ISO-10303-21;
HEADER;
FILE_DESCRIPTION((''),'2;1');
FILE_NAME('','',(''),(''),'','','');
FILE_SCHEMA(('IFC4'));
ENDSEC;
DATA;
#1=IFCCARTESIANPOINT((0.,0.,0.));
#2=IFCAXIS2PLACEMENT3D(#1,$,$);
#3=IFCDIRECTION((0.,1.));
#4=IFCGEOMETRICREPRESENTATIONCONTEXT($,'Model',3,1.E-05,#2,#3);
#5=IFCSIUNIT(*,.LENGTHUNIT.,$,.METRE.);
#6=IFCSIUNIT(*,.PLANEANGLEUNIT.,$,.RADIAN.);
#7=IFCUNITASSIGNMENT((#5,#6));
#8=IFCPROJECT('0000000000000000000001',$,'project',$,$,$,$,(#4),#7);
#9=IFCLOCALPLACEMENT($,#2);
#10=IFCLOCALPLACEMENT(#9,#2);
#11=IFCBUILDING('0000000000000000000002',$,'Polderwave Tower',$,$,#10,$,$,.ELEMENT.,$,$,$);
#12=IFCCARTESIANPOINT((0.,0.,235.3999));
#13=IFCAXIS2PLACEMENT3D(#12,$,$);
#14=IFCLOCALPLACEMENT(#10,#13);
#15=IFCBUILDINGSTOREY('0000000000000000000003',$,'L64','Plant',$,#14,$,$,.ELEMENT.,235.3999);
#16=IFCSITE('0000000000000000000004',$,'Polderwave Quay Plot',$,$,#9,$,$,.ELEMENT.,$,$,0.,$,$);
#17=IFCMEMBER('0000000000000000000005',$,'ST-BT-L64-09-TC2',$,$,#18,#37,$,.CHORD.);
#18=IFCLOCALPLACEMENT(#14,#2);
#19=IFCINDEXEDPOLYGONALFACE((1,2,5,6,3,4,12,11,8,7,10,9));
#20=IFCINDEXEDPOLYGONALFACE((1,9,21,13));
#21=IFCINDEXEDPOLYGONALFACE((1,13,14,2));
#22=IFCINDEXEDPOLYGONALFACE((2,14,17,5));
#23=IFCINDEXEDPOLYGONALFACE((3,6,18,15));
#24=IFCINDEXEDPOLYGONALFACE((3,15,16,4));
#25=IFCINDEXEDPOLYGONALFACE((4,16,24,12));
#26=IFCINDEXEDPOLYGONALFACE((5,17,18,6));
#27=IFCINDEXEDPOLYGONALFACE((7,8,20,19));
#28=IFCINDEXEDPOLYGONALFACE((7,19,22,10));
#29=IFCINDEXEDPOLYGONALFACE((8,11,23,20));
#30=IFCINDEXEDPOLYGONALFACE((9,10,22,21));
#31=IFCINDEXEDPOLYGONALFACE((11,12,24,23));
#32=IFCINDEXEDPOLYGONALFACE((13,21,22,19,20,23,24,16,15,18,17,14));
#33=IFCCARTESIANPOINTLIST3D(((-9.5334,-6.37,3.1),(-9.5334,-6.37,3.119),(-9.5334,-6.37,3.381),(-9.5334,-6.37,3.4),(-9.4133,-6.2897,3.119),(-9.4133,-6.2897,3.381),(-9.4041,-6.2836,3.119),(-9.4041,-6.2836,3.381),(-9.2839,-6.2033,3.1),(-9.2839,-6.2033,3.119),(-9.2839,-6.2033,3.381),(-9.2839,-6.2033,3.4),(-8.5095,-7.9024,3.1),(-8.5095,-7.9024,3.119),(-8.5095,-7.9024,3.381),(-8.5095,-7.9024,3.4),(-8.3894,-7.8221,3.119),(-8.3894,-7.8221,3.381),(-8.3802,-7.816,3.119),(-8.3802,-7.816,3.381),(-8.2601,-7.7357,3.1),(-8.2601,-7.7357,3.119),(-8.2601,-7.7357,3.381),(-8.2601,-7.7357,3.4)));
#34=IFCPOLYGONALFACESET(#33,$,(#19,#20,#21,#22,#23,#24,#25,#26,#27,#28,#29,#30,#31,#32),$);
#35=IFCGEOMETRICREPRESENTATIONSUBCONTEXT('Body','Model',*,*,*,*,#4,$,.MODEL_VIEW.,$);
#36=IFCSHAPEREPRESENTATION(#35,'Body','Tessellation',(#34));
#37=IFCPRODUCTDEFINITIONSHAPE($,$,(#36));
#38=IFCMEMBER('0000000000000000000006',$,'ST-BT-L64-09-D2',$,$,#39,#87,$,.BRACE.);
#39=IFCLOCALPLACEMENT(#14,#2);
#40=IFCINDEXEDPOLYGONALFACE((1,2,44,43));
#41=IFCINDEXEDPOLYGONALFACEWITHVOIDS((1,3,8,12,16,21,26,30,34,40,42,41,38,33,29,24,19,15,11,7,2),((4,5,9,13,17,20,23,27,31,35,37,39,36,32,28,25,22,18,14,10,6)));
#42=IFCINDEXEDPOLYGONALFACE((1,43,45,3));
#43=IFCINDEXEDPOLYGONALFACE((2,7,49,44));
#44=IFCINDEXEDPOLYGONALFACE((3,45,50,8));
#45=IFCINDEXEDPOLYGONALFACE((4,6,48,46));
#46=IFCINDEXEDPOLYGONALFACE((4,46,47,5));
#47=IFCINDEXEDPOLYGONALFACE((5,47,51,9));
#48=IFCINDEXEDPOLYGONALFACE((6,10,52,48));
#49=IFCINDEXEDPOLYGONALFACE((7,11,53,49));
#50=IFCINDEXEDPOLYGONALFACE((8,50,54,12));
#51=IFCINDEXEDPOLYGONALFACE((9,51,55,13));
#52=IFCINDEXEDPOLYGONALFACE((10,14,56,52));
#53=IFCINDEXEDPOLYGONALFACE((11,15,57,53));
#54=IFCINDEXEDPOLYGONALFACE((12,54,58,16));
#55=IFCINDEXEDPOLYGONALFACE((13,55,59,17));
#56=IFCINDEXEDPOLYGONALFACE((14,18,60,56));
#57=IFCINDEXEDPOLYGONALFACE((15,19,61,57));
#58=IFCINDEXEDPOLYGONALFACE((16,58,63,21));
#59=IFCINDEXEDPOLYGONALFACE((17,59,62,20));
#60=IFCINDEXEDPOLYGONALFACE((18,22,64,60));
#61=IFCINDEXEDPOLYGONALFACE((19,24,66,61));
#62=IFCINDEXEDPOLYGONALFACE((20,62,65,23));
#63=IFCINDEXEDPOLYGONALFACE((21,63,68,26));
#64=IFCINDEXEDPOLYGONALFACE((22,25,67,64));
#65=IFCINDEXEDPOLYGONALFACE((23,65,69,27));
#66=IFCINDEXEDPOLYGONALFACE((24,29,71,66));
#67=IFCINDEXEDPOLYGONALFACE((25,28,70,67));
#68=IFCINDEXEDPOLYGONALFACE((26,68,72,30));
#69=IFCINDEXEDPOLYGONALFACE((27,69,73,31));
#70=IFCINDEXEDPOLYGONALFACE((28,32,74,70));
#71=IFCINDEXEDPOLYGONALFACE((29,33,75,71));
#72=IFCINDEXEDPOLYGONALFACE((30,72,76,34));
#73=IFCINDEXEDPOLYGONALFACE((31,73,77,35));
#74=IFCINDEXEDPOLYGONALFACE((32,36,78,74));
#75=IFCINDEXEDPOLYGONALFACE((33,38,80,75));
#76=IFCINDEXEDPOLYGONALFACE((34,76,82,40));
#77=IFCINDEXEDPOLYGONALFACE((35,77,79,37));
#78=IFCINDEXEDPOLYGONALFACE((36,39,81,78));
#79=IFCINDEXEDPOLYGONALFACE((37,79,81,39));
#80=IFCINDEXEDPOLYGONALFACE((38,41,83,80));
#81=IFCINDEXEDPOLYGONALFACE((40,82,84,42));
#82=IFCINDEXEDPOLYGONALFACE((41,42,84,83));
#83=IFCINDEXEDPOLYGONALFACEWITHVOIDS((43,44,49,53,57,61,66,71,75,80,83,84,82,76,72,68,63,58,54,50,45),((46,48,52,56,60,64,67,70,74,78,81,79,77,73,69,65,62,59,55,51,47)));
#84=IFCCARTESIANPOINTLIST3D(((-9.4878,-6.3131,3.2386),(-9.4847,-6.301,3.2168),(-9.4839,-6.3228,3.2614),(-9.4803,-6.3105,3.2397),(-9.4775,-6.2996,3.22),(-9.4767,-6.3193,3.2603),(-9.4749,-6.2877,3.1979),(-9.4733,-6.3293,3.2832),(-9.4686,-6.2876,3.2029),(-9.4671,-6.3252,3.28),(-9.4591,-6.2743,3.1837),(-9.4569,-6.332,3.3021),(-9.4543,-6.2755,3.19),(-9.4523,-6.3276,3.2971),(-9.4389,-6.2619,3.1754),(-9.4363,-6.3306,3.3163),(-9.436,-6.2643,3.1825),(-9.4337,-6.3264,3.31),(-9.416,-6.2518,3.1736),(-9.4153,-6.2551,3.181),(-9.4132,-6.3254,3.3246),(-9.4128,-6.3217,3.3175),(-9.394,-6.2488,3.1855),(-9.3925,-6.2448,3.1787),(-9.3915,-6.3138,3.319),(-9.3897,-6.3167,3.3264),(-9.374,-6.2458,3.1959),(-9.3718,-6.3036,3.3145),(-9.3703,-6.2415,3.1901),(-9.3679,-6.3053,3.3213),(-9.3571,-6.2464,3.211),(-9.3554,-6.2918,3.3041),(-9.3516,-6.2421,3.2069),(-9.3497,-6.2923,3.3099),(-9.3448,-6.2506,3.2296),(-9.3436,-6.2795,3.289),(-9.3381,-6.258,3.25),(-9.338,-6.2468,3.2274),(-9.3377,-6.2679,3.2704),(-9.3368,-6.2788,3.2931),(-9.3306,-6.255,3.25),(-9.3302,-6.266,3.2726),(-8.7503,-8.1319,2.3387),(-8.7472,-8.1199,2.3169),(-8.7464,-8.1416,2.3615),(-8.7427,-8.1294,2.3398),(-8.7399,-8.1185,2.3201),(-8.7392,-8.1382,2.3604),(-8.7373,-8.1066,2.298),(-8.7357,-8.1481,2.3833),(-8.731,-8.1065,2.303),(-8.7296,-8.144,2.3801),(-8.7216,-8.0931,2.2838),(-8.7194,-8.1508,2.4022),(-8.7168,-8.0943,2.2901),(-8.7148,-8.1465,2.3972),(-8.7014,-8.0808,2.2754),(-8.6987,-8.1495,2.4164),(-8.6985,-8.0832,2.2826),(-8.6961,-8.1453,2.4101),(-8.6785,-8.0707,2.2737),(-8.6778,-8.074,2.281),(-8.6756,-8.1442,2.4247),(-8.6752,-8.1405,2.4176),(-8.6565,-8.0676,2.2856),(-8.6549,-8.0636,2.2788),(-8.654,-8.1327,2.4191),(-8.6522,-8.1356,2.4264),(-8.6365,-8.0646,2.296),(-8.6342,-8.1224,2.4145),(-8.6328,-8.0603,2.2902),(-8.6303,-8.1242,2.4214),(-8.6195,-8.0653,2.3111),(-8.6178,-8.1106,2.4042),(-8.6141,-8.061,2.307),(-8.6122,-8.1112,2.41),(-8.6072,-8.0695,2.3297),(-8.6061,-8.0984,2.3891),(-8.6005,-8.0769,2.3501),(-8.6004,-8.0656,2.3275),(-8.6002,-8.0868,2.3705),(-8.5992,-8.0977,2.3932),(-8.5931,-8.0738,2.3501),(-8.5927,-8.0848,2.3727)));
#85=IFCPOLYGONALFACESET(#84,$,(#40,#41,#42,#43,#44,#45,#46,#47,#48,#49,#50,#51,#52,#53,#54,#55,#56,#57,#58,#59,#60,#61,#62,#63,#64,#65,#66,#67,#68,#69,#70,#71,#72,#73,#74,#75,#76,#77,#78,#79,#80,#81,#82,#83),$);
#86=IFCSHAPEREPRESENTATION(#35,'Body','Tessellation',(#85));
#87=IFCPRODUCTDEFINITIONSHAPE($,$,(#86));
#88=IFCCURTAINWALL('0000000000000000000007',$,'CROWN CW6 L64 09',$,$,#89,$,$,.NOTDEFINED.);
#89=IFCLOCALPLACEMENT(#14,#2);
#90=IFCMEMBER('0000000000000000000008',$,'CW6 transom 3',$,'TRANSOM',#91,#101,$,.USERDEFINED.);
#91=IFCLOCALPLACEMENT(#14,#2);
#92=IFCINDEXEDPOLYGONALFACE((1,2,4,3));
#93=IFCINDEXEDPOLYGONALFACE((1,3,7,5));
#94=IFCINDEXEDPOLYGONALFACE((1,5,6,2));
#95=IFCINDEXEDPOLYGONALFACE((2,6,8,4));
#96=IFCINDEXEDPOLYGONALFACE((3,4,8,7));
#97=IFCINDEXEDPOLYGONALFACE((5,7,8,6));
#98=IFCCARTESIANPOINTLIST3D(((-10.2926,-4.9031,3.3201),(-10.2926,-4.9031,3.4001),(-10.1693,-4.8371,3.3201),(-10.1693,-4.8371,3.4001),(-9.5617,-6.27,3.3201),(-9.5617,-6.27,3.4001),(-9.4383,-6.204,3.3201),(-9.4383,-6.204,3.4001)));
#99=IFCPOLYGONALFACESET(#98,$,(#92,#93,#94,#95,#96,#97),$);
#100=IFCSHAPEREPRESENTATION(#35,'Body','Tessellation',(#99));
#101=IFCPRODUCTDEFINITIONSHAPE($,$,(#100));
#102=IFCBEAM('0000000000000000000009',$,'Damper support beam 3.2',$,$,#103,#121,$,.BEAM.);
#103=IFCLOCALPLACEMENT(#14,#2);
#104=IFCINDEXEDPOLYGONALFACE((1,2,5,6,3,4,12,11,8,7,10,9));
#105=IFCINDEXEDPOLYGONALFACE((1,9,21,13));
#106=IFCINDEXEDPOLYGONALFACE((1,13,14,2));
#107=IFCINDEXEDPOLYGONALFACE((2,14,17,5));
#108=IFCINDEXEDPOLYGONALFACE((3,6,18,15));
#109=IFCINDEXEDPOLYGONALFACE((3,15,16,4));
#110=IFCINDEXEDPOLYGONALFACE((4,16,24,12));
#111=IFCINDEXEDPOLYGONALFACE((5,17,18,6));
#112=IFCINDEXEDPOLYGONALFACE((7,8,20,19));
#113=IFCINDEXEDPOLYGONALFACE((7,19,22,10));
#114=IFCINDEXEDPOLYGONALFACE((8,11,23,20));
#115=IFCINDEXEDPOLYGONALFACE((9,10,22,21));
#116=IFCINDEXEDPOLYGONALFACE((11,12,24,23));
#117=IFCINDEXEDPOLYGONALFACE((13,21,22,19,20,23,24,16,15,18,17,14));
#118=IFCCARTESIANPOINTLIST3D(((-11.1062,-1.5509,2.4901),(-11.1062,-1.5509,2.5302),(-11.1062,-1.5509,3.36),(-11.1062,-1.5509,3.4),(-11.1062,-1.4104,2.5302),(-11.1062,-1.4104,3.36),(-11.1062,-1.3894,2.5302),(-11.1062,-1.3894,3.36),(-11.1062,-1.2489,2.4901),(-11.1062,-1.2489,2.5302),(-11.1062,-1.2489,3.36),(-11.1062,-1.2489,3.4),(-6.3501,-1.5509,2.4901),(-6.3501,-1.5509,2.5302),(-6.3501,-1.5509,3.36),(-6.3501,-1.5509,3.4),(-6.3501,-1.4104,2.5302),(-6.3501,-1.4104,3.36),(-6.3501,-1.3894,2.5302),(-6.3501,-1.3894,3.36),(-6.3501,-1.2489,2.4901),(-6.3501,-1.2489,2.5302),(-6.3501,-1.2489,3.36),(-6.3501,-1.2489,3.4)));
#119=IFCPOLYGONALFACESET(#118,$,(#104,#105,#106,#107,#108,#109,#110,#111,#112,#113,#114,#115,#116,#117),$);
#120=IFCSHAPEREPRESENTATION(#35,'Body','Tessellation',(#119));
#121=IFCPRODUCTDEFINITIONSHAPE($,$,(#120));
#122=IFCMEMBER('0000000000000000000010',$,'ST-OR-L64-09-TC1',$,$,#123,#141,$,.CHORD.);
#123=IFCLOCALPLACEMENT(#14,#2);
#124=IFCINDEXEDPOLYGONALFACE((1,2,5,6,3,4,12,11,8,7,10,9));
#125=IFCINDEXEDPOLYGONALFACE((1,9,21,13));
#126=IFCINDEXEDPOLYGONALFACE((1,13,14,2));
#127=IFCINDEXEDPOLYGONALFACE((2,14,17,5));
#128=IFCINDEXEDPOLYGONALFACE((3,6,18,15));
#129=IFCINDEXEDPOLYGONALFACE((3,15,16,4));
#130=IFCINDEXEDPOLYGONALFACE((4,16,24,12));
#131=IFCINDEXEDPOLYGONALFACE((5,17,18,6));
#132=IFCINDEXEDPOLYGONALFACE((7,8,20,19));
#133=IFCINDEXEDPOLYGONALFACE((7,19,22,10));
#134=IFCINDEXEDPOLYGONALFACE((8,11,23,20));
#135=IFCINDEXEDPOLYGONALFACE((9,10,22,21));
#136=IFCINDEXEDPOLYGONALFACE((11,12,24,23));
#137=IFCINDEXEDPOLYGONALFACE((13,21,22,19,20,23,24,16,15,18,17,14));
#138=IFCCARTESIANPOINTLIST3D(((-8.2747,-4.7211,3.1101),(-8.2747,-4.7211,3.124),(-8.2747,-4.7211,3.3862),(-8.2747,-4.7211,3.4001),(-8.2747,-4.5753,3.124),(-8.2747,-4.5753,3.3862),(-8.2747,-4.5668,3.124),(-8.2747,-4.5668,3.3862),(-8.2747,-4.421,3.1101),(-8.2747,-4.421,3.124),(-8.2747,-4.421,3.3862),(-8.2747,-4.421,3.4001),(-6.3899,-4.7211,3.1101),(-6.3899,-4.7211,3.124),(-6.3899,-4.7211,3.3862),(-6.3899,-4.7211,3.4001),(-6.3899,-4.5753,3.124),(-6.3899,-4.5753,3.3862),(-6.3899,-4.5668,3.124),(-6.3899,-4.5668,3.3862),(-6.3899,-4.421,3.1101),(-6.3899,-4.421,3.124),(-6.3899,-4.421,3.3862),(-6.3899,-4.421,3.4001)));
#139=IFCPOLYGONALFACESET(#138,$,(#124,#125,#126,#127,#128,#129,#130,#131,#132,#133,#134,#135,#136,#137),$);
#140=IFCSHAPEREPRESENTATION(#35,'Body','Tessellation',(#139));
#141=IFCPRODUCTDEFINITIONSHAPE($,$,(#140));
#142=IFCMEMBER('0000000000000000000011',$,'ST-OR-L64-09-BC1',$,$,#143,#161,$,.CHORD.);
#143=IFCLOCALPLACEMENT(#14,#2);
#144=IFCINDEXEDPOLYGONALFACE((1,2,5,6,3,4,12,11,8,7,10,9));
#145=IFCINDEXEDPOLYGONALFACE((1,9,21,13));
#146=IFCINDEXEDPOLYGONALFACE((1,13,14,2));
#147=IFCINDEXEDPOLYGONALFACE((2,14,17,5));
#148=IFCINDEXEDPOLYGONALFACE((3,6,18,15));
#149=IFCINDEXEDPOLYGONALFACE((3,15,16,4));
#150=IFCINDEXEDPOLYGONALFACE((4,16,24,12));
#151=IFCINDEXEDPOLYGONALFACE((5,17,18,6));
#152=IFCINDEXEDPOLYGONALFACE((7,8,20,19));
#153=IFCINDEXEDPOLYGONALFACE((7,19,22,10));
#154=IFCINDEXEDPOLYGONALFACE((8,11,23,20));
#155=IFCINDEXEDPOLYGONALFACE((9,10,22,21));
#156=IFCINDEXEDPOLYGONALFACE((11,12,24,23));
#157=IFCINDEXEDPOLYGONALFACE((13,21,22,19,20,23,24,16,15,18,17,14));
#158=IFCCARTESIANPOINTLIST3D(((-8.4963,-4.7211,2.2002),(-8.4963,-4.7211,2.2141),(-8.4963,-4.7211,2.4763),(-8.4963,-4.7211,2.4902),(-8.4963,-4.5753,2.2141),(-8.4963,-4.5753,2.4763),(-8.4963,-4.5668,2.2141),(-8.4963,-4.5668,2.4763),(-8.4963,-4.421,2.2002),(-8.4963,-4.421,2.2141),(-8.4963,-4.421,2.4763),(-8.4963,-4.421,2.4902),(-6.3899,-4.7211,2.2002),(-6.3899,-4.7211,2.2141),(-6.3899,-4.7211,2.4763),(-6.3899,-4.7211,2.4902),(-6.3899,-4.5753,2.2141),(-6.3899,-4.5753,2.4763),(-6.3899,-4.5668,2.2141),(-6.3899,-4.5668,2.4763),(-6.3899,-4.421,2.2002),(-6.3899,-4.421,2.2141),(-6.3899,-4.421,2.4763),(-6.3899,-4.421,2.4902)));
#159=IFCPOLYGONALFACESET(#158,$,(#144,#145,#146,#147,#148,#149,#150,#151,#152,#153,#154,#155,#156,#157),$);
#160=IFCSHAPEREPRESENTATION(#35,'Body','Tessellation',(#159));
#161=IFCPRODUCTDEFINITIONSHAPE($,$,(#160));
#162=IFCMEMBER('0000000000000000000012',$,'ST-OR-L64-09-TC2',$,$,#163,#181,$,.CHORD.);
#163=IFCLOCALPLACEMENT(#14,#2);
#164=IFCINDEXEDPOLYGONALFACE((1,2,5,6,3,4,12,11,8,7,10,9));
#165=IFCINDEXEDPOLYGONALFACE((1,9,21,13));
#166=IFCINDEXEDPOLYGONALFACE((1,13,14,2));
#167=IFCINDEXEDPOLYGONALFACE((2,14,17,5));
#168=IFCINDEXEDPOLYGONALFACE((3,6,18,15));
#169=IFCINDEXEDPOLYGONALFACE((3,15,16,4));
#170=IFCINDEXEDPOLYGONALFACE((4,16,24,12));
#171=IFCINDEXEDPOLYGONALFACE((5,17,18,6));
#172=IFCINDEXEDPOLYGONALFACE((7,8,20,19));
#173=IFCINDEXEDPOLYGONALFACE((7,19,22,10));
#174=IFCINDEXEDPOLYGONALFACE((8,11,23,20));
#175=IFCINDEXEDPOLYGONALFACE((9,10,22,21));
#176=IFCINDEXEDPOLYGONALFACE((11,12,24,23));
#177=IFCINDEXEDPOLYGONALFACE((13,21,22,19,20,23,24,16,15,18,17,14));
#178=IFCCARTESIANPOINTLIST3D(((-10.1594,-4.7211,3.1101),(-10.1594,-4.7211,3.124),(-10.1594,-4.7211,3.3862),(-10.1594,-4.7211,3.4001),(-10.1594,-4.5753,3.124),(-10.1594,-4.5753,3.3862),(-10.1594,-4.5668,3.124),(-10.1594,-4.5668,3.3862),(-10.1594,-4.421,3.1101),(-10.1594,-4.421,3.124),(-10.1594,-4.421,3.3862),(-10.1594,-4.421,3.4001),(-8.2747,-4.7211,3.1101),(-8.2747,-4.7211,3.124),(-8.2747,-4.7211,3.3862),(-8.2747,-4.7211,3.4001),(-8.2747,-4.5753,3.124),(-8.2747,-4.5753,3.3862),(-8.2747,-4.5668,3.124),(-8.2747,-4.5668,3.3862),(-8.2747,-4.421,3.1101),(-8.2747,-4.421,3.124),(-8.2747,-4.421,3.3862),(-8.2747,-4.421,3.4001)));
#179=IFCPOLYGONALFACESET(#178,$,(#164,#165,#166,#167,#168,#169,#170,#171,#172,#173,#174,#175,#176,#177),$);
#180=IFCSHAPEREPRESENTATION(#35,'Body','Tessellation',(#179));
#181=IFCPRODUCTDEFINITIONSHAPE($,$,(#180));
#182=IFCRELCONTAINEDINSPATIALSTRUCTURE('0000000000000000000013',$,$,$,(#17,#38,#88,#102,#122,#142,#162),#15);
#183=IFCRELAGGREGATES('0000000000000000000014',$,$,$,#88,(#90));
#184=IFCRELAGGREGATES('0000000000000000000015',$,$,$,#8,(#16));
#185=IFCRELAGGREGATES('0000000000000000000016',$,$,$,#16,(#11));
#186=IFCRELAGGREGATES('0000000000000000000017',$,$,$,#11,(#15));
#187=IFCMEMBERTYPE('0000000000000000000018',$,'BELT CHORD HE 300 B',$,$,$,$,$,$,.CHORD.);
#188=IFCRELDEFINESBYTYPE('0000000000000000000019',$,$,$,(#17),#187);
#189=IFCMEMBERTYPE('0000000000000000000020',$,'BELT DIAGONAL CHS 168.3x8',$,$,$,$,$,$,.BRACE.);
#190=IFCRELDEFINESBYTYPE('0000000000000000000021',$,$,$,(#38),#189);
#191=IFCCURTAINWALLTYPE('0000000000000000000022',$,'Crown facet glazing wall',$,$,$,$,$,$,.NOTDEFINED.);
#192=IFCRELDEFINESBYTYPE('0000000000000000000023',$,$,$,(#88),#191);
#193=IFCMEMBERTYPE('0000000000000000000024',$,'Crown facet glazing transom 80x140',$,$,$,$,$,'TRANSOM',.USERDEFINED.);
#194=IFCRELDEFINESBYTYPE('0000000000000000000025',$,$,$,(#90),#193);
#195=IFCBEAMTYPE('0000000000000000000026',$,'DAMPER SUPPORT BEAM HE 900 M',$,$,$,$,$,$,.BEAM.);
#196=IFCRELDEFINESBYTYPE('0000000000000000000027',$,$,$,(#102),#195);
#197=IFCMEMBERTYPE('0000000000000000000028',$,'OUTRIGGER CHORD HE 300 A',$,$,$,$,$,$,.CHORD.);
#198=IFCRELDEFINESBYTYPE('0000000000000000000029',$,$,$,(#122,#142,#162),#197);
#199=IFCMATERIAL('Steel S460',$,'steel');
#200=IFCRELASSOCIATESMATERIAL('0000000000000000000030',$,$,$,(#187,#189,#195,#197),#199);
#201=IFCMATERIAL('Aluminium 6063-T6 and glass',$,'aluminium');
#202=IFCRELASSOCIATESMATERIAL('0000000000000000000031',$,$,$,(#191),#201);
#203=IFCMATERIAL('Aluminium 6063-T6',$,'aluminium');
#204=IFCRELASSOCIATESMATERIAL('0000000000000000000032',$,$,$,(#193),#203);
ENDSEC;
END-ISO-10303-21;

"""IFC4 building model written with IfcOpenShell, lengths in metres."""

from ifc_helpers import new_model, si_unit, direction, frame, origin, origin_2d, place, context, subcontext, project, spatial, rectangle, hollow_circle, i_section, extrude, material, material_profile, profile_set, type_object, element, aggregate, save


model = new_model("IFC4")

# Units and contexts
model_context = context("Model", 3, precision=1e-05, world=origin(), true_north=direction((0.0, 1.0)))
body_context = subcontext(model_context, "Body", "Model", "MODEL_VIEW")
ifc_project = project(units=[si_unit("LENGTHUNIT", "METRE"), si_unit("PLANEANGLEUNIT", "RADIAN")], contexts=[model_context])

# Site, building, storey
site_placement = place(None, origin())
site = spatial("IfcSite", under=ifc_project, at=site_placement, Name="Polderwave Quay Plot", CompositionType="ELEMENT", RefElevation=0.0)
building_placement = place(site_placement, origin())
building = spatial("IfcBuilding", under=site, at=building_placement, Name="Polderwave Tower", CompositionType="ELEMENT")
storey_placement = place(building_placement, frame((0.0, 0.0, 235.3999)))
storey = spatial("IfcBuildingStorey", under=building, at=storey_placement, Name="L64", Description="Plant", CompositionType="ELEMENT", Elevation=235.3999)

# Members
ifc_material_1 = material(Name="Steel S460", Category="steel")
ifc_material_profile_1 = material_profile(ifc_material_1, i_section(OverallWidth=0.3, OverallDepth=0.3, WebThickness=0.011, FlangeThickness=0.019, at=origin_2d()), Name="HE 300 B")
ifc_profile_set_1 = profile_set([ifc_material_profile_1], Name="Steel S460")
member_type_1 = type_object("IfcMemberType", Name="BELT CHORD HE 300 B", PredefinedType="CHORD", material=ifc_profile_set_1)
member_1_placement = place(storey_placement, frame((-9.4087, -6.2866, 3.25), z_axis=(0.555556, -0.831479, 0.0), x_axis=(0.831479, 0.555556, 0.0)))
element("IfcMember", 1, at=member_1_placement, inside=storey, type_object=member_type_1, Name="ST-BT-L64-09-TC2", PredefinedType="CHORD", context=body_context, shape_type="SweptSolid", body=[
    extrude(i_section(OverallWidth=0.3, OverallDepth=0.3, WebThickness=0.011, FlangeThickness=0.019, at=origin_2d()), origin(), (0.0, 0.0, 1.0), 1.843),
])
ifc_material_profile_2 = material_profile(ifc_material_1, hollow_circle(Radius=0.0842, WallThickness=0.0081, at=origin_2d()), Name="CHS 168.3x8")
ifc_profile_set_2 = profile_set([ifc_material_profile_2], Name="Steel S460")
member_type_2 = type_object("IfcMemberType", Name="BELT DIAGONAL CHS 168.3x8", PredefinedType="BRACE", material=ifc_profile_set_2)
member_2_placement = place(storey_placement, frame((-9.4087, -6.2866, 3.25), z_axis=(0.341589, -0.842383, -0.416782), x_axis=(0.926708, 0.375783, 0.0)))
element("IfcMember", 2, at=member_2_placement, inside=storey, type_object=member_type_2, Name="ST-BT-L64-09-D2", PredefinedType="BRACE", context=body_context, shape_type="SweptSolid", body=[
    extrude(hollow_circle(Radius=0.0842, WallThickness=0.0081, at=origin_2d()), origin(), (0.0, 0.0, 1.0), 2.1592),
])

# Curtain wall, member
ifc_material_2 = material(Name="Aluminium 6063-T6 and glass", Category="aluminium")
curtain_wall_type = type_object("IfcCurtainWallType", Name="Crown facet glazing wall", PredefinedType="NOTDEFINED", material=ifc_material_2)
curtain_wall_placement = place(storey_placement, origin())
curtain_wall = element("IfcCurtainWall", 3, at=curtain_wall_placement, inside=storey, type_object=curtain_wall_type, Name="CROWN CW6 L64 09", PredefinedType="NOTDEFINED")
ifc_material_3 = material(Name="Aluminium 6063-T6", Category="aluminium")
ifc_material_profile_3 = material_profile(ifc_material_3, rectangle(XDim=0.1399, YDim=0.0801, at=origin_2d()), Name="AL 80x140")
ifc_profile_set_3 = profile_set([ifc_material_profile_3], Name="Aluminium 6063-T6")
member_type_3 = type_object("IfcMemberType", Name="Crown facet glazing transom 80x140", ElementType="TRANSOM", PredefinedType="USERDEFINED", material=ifc_profile_set_3)
member_3_placement = place(storey_placement, frame((-10.231, -4.8701, 3.3601), z_axis=(0.471553, -0.881838, 0.0), x_axis=(0.881838, 0.471553, 0.0)))
member_3 = element("IfcMember", 4, at=member_3_placement, type_object=member_type_3, Name="CW6 transom 3", ObjectType="TRANSOM", PredefinedType="USERDEFINED", context=body_context, shape_type="SweptSolid", body=[
    extrude(rectangle(XDim=0.1399, YDim=0.0801, at=origin_2d()), origin(), (0.0, 0.0, 1.0), 1.55),
])
aggregate(curtain_wall, [member_3])

# Beam
ifc_material_profile_4 = material_profile(ifc_material_1, i_section(OverallWidth=0.302, OverallDepth=0.9099, WebThickness=0.021, FlangeThickness=0.04, at=origin_2d()), Name="HE 900 M")
ifc_profile_set_4 = profile_set([ifc_material_profile_4], Name="Steel S460")
beam_type = type_object("IfcBeamType", Name="DAMPER SUPPORT BEAM HE 900 M", PredefinedType="BEAM", material=ifc_profile_set_4)
beam_placement = place(storey_placement, frame((-6.3501, -1.3999, 2.9451), z_axis=(-1.0, 0.0, 0.0), x_axis=(0.0, -1.0, 0.0)))
element("IfcBeam", 5, at=beam_placement, inside=storey, type_object=beam_type, Name="Damper support beam 3.2", PredefinedType="BEAM", context=body_context, shape_type="SweptSolid", body=[
    extrude(i_section(OverallWidth=0.302, OverallDepth=0.9099, WebThickness=0.021, FlangeThickness=0.04, at=origin_2d()), origin(), (0.0, 0.0, 1.0), 4.7561),
])

# Members
ifc_material_profile_5 = material_profile(ifc_material_1, i_section(OverallWidth=0.3, OverallDepth=0.29, WebThickness=0.0085, FlangeThickness=0.0139, at=origin_2d()), Name="HE 300 A")
ifc_profile_set_5 = profile_set([ifc_material_profile_5], Name="Steel S460")
member_type_4 = type_object("IfcMemberType", Name="OUTRIGGER CHORD HE 300 A", PredefinedType="CHORD", material=ifc_profile_set_5)
member_4_placement = place(storey_placement, frame((-6.3899, -4.571, 3.2551), z_axis=(-1.0, 0.0, 0.0), x_axis=(0.0, -1.0, 0.0)))
element("IfcMember", 6, at=member_4_placement, inside=storey, type_object=member_type_4, Name="ST-OR-L64-09-TC1", PredefinedType="CHORD", context=body_context, shape_type="SweptSolid", body=[
    extrude(i_section(OverallWidth=0.3, OverallDepth=0.29, WebThickness=0.0085, FlangeThickness=0.0139, at=origin_2d()), origin(), (0.0, 0.0, 1.0), 1.8848),
])
member_5_placement = place(storey_placement, frame((-6.3899, -4.571, 2.3452), z_axis=(-1.0, 0.0, 0.0), x_axis=(0.0, -1.0, 0.0)))
element("IfcMember", 7, at=member_5_placement, inside=storey, type_object=member_type_4, Name="ST-OR-L64-09-BC1", PredefinedType="CHORD", context=body_context, shape_type="SweptSolid", body=[
    extrude(i_section(OverallWidth=0.3, OverallDepth=0.29, WebThickness=0.0085, FlangeThickness=0.0139, at=origin_2d()), origin(), (0.0, 0.0, 1.0), 2.1064),
])
member_6_placement = place(storey_placement, frame((-8.2747, -4.571, 3.2551), z_axis=(-1.0, 0.0, 0.0), x_axis=(0.0, -1.0, 0.0)))
element("IfcMember", 8, at=member_6_placement, inside=storey, type_object=member_type_4, Name="ST-OR-L64-09-TC2", PredefinedType="CHORD", context=body_context, shape_type="SweptSolid", body=[
    extrude(i_section(OverallWidth=0.3, OverallDepth=0.29, WebThickness=0.0085, FlangeThickness=0.0139, at=origin_2d()), origin(), (0.0, 0.0, 1.0), 1.8848),
])

save(model, "model.ifc")
